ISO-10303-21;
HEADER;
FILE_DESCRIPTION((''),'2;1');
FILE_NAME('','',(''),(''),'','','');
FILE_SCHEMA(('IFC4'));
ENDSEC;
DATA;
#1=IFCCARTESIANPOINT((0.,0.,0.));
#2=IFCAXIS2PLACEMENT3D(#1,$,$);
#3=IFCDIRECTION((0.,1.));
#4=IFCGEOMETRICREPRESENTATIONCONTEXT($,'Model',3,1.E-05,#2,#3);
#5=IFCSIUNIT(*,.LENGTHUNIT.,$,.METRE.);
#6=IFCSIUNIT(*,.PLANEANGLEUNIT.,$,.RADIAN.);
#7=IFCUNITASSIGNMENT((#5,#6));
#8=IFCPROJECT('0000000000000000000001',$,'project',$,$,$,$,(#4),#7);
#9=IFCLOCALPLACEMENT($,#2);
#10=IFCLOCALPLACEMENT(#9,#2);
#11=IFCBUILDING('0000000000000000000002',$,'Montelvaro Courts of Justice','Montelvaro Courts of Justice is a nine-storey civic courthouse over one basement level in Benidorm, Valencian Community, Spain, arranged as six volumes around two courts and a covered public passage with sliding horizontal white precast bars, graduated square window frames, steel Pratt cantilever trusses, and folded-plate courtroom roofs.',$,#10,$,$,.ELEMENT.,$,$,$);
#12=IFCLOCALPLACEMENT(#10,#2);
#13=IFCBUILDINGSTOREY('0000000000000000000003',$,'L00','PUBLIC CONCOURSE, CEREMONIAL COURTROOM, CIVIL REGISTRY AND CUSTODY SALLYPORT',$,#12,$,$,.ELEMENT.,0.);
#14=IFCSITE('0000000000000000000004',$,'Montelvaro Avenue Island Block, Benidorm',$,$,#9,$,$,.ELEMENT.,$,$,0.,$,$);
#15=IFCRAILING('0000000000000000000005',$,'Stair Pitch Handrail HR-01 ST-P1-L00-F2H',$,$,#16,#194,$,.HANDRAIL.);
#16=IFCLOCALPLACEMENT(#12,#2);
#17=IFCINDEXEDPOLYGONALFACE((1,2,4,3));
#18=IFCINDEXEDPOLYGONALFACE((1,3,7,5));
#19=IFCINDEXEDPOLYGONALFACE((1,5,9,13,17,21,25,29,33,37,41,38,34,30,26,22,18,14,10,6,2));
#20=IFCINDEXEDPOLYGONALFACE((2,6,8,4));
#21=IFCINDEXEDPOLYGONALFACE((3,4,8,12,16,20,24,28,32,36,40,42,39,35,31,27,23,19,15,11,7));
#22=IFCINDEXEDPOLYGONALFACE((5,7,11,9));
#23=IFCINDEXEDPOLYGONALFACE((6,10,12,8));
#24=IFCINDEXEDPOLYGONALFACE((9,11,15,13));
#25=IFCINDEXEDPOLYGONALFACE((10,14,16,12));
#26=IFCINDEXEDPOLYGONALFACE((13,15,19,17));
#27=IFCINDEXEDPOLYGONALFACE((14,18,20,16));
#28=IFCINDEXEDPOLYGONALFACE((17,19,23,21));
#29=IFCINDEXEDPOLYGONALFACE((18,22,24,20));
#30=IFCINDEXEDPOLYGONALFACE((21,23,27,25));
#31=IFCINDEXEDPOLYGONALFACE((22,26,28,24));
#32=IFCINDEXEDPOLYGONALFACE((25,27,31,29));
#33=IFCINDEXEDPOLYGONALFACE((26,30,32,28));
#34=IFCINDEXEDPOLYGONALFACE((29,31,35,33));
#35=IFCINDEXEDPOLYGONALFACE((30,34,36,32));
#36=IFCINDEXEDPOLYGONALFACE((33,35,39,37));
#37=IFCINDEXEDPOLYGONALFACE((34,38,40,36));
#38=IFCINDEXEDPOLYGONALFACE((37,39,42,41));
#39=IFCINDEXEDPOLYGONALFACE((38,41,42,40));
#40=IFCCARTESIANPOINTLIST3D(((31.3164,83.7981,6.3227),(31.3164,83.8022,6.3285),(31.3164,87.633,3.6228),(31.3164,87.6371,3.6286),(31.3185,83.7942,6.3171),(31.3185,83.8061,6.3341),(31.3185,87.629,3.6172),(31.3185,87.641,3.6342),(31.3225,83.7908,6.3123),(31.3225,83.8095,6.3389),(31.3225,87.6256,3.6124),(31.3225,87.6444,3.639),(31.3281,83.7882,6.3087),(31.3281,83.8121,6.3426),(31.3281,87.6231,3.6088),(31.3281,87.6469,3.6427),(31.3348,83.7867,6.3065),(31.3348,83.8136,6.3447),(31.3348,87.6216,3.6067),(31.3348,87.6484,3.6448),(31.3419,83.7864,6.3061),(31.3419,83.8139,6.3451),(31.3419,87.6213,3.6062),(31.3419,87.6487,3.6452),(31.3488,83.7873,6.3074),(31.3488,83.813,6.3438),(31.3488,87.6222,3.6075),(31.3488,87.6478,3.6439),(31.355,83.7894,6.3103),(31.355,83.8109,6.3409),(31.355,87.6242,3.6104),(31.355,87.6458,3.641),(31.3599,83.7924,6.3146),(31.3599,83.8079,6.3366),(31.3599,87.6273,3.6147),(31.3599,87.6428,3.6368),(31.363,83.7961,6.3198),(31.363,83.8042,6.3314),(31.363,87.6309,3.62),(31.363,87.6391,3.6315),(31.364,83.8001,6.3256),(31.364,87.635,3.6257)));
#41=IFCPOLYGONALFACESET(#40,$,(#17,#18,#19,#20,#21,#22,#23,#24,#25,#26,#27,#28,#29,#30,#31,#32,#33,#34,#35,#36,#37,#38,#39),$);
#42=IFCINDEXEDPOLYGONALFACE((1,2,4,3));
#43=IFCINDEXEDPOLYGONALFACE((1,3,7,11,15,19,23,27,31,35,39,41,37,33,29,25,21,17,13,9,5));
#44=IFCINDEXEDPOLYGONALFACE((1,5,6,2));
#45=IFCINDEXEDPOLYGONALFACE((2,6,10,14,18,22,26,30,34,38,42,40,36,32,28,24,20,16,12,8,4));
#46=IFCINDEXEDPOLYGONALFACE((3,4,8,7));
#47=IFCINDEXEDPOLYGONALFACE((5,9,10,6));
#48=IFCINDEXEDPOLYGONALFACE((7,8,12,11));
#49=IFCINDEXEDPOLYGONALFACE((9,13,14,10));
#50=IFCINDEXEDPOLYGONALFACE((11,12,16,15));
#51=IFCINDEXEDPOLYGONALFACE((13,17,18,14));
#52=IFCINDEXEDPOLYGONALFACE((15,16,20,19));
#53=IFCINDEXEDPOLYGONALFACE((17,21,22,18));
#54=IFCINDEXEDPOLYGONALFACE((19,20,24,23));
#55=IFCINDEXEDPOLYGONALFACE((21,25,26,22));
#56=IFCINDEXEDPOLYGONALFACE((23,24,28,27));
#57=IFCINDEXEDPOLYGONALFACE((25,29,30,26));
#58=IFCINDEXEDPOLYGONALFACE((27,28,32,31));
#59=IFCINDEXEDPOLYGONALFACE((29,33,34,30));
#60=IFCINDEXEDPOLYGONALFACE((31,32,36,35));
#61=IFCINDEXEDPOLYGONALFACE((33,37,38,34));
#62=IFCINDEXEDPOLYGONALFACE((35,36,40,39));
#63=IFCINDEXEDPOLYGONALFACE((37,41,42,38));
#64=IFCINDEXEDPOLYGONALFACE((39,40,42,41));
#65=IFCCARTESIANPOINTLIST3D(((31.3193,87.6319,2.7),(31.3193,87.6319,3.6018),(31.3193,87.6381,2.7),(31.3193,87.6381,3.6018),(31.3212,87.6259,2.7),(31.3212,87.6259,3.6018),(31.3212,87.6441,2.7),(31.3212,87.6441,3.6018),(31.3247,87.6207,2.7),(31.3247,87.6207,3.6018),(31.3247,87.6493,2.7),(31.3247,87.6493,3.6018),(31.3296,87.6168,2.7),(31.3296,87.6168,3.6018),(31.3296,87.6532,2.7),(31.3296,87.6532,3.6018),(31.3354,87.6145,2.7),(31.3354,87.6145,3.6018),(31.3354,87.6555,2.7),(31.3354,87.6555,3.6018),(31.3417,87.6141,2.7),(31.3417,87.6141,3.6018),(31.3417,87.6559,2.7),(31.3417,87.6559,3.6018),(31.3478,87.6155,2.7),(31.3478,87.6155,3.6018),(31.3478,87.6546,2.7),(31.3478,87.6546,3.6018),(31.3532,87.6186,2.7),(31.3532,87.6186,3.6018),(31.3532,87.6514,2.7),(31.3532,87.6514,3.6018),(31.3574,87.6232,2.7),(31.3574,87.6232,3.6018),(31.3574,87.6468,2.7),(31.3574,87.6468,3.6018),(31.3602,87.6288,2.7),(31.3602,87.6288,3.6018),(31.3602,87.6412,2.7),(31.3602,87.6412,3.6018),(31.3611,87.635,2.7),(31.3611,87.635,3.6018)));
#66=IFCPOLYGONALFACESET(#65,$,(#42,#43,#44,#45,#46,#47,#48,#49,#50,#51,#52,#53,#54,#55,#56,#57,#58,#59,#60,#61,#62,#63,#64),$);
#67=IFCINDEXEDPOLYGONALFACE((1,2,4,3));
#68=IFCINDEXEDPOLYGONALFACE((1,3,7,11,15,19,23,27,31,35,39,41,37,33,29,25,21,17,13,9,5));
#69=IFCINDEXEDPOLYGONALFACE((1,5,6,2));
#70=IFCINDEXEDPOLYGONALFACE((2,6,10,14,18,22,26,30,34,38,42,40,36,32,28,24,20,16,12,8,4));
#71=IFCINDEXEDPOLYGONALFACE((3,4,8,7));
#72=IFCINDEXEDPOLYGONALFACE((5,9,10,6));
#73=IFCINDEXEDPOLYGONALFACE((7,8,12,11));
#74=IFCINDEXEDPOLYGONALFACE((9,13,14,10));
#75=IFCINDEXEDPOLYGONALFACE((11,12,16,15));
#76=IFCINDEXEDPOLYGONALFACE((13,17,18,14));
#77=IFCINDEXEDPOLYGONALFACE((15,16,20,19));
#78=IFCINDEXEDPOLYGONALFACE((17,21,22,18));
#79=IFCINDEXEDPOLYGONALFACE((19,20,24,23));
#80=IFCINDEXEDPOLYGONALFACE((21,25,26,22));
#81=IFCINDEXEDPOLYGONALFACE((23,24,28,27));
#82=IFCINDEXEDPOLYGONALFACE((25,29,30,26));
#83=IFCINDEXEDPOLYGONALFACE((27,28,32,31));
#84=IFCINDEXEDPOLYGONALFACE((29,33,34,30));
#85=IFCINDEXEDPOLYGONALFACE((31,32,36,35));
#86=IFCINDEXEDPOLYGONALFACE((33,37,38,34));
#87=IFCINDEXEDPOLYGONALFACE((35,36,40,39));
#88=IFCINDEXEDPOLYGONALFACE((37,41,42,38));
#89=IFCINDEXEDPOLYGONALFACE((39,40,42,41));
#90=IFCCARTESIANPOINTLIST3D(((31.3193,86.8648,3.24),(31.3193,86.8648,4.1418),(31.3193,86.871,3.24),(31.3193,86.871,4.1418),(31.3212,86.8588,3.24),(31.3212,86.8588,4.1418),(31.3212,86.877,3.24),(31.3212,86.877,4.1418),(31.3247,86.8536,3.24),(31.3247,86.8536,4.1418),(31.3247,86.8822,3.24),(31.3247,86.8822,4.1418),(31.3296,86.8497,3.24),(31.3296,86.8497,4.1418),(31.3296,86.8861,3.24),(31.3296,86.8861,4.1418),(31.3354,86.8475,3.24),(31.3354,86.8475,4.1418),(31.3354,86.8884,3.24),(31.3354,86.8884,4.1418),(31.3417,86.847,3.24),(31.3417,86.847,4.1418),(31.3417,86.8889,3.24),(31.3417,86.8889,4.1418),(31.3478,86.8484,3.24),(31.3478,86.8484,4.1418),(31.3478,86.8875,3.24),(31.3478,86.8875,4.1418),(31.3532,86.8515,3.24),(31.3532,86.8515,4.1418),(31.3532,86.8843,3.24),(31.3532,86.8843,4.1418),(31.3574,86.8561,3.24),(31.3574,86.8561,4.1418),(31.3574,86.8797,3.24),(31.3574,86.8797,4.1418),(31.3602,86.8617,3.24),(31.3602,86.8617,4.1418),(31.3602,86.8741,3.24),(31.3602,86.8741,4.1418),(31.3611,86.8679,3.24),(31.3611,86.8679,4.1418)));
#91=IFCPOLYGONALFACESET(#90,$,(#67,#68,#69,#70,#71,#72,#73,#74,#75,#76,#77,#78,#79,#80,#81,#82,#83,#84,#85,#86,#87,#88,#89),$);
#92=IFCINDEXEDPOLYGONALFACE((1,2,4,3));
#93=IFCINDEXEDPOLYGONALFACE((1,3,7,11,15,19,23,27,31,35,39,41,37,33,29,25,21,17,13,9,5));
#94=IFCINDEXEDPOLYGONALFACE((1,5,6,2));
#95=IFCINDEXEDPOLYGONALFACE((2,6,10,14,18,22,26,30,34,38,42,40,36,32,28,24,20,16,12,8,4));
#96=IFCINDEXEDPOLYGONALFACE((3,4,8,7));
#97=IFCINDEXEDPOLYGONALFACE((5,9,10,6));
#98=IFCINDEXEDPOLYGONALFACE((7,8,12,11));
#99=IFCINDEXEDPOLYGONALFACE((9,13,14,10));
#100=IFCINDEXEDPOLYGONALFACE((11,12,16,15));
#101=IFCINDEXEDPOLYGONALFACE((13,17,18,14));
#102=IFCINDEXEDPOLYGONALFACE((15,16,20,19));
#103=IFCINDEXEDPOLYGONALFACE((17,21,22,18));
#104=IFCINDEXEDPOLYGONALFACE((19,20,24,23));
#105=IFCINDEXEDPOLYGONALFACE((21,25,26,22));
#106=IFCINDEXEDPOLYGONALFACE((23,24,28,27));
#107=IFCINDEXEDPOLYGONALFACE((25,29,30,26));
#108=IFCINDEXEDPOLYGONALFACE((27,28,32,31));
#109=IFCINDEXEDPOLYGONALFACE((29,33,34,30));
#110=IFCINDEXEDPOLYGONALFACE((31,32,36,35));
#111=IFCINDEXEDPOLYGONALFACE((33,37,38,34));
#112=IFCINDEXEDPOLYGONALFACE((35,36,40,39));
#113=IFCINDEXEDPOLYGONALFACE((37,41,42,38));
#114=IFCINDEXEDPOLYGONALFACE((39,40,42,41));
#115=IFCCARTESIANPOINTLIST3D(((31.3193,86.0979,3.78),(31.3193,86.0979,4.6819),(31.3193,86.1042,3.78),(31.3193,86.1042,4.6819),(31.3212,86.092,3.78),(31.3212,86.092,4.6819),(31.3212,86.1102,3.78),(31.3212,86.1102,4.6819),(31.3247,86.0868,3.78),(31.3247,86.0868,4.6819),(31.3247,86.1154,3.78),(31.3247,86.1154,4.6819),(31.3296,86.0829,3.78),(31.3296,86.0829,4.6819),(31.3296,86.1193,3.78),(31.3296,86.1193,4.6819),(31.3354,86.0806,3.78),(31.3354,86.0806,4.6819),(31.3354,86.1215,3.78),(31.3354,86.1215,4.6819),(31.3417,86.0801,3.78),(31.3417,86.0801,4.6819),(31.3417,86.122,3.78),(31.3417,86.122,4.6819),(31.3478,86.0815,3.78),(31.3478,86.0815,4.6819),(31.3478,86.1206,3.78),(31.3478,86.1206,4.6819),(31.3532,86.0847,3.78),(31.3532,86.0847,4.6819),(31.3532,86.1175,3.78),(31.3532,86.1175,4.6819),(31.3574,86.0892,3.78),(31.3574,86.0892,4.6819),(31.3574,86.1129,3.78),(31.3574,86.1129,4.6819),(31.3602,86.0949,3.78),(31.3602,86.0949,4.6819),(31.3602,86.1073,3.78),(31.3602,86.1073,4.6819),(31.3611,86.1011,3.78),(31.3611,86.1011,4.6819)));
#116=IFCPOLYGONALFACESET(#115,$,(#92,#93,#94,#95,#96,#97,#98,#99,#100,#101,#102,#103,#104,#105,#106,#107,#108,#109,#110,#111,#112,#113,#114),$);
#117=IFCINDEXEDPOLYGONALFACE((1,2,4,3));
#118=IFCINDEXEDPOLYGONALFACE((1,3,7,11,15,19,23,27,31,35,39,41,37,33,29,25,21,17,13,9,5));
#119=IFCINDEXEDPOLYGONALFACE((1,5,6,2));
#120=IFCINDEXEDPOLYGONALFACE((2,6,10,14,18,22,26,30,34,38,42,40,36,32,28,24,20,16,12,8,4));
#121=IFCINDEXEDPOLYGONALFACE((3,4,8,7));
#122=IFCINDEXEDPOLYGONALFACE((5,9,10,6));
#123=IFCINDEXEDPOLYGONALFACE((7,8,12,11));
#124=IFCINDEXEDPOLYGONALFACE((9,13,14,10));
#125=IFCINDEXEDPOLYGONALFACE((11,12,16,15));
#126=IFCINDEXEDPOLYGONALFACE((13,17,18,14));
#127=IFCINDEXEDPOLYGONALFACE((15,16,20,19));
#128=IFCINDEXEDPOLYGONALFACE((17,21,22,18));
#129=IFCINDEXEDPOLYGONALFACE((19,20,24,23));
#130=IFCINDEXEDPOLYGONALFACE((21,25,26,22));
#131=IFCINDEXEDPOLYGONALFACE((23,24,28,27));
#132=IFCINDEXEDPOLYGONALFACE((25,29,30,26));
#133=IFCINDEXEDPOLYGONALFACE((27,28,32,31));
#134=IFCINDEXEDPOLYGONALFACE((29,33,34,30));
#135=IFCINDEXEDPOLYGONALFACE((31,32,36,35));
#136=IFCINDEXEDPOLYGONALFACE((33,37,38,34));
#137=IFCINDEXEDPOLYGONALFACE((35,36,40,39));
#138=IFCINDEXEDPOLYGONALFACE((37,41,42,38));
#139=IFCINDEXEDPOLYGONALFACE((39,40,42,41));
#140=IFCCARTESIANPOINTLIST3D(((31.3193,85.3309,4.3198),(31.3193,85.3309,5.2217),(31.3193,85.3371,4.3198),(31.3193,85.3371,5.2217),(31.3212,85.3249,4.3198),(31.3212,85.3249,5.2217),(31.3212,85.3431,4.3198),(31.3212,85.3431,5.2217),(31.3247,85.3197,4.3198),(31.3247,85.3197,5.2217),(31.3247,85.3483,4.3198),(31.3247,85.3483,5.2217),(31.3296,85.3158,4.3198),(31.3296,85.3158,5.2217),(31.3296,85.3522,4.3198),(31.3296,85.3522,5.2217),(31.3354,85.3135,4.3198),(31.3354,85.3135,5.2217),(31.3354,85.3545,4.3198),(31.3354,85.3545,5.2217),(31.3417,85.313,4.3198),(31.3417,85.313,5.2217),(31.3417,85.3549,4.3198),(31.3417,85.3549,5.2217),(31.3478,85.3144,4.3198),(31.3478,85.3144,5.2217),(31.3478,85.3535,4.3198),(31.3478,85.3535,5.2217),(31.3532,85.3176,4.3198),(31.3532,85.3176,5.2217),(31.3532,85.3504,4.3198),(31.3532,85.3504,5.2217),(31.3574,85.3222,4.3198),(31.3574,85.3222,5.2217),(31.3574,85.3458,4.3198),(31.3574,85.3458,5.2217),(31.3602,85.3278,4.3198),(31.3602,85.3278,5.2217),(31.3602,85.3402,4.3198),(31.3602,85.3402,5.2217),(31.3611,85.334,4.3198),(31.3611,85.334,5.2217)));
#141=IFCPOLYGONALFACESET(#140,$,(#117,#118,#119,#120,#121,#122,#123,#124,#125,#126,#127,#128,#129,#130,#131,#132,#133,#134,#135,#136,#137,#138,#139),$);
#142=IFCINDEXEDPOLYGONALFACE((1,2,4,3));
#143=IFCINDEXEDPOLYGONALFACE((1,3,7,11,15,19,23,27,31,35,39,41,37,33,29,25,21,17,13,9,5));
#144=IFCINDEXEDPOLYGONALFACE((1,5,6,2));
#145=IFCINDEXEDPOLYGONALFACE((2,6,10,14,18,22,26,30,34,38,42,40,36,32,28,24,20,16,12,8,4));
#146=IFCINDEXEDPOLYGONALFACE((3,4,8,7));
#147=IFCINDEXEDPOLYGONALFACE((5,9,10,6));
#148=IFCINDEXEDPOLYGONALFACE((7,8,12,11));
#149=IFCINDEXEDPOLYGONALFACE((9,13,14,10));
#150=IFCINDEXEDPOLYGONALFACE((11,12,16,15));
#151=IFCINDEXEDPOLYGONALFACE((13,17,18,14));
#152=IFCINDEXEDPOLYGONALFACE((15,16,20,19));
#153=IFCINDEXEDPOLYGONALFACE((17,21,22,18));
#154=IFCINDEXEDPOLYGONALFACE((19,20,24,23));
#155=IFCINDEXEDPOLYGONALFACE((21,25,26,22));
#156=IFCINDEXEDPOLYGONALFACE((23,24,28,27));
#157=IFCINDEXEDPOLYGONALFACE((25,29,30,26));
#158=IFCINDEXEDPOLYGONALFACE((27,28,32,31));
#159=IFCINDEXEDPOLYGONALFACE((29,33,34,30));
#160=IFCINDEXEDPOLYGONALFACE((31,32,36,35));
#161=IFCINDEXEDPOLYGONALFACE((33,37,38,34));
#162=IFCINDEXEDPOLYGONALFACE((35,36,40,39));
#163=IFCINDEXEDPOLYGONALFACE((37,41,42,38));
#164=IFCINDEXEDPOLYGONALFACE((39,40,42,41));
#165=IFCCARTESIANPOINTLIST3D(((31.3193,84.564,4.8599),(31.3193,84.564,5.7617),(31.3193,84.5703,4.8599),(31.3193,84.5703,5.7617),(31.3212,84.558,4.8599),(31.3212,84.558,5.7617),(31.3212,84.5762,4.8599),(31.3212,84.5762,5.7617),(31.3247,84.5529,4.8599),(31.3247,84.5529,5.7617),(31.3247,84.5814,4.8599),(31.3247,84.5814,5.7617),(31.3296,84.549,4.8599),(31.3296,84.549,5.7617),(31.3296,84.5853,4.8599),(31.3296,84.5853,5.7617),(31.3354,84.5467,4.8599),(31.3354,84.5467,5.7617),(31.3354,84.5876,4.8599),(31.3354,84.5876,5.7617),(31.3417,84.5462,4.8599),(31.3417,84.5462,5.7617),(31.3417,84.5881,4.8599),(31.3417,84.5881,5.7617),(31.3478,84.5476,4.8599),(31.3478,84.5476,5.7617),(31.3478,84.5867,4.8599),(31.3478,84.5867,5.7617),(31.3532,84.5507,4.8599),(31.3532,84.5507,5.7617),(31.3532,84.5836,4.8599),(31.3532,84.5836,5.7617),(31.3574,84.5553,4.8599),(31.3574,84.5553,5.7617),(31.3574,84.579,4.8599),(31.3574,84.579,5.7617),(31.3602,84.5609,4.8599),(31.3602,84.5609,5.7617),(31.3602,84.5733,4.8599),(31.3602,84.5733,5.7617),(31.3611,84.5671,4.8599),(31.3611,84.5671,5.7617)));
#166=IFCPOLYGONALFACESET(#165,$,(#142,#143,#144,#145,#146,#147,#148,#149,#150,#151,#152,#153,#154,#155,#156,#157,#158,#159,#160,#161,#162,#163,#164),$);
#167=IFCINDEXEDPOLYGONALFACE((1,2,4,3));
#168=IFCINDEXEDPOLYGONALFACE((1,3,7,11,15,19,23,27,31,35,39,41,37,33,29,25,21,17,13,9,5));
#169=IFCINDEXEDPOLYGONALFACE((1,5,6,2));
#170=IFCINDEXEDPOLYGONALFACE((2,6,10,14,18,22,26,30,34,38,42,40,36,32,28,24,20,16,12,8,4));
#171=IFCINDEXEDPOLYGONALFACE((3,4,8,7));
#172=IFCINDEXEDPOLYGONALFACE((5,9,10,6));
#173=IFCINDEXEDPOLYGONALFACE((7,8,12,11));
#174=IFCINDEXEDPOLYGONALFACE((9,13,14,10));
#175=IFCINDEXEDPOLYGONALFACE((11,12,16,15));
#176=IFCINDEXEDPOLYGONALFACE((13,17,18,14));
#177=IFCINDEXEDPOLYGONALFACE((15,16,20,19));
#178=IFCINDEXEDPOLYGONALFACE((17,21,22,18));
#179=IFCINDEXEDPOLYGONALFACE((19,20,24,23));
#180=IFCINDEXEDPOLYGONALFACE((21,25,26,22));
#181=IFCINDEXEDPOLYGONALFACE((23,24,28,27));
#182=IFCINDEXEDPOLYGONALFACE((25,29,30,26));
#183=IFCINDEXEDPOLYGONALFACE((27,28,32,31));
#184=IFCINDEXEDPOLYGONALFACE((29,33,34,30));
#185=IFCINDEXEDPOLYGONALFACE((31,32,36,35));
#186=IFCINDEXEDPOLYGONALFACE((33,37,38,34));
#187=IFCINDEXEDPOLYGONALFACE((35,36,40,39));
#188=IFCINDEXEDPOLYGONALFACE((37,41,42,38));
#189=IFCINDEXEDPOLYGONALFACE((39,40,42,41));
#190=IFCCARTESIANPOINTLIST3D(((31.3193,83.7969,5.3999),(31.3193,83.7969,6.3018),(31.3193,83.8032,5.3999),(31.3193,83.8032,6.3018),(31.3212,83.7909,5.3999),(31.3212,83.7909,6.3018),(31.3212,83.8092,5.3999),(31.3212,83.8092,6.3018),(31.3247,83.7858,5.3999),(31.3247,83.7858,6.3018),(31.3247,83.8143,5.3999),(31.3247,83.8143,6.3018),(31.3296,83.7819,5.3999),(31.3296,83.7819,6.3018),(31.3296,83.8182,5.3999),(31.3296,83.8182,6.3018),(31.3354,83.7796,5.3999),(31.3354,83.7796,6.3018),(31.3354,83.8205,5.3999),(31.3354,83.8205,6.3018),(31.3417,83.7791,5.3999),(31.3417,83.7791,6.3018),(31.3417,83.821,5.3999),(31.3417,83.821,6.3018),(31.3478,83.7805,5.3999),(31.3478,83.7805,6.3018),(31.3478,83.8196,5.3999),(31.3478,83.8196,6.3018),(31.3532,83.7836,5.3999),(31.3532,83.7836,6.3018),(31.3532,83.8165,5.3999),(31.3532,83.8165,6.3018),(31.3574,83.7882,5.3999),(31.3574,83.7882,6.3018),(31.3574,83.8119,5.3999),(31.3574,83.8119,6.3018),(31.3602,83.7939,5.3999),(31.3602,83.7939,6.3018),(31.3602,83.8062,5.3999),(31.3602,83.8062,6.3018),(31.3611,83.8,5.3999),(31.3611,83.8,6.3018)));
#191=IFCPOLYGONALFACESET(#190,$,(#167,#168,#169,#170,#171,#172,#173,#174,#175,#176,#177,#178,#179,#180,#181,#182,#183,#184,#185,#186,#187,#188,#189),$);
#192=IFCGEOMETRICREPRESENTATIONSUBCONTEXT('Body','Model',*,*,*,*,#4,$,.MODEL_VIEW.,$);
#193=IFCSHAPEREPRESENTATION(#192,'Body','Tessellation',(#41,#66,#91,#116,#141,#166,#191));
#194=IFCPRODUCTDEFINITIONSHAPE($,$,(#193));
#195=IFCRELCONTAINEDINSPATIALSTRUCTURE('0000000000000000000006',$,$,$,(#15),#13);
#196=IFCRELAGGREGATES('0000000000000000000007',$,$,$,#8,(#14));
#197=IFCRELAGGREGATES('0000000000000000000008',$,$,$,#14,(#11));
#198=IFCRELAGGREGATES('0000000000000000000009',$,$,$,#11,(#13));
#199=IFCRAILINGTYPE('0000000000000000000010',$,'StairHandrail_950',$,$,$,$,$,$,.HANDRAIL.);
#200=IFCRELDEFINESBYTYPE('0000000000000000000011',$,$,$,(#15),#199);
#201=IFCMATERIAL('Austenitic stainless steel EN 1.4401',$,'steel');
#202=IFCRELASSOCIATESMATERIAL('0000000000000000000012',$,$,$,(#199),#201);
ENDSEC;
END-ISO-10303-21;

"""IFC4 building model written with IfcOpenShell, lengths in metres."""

from ifc_helpers import new_model, si_unit, direction, frame, origin, origin_2d, place, context, subcontext, project, spatial, circle, extrude, material, type_object, element, save


model = new_model("IFC4")

# Units and contexts
model_context = context("Model", 3, precision=1e-05, world=origin(), true_north=direction((0.0, 1.0)))
body_context = subcontext(model_context, "Body", "Model", "MODEL_VIEW")
ifc_project = project(units=[si_unit("LENGTHUNIT", "METRE"), si_unit("PLANEANGLEUNIT", "RADIAN")], contexts=[model_context])

# Site, building, storey
site_placement = place(None, origin())
site = spatial("IfcSite", under=ifc_project, at=site_placement, Name="Montelvaro Avenue Island Block, Benidorm", CompositionType="ELEMENT", RefElevation=0.0)
building_placement = place(site_placement, origin())
building = spatial("IfcBuilding", under=site, at=building_placement, Name="Montelvaro Courts of Justice", Description="Montelvaro Courts of Justice is a nine-storey civic courthouse over one basement level in Benidorm, Valencian Community, Spain, arranged as six volumes around two courts and a covered public passage with sliding horizontal white precast bars, graduated square window frames, steel Pratt cantilever trusses, and folded-plate courtroom roofs.", CompositionType="ELEMENT")
storey_placement = place(building_placement, origin())
storey = spatial("IfcBuildingStorey", under=building, at=storey_placement, Name="L00", Description="PUBLIC CONCOURSE, CEREMONIAL COURTROOM, CIVIL REGISTRY AND CUSTODY SALLYPORT", CompositionType="ELEMENT", Elevation=0.0)

# Railing
ifc_material_1 = material(Name="Austenitic stainless steel EN 1.4401", Category="steel")
railing_type_1 = type_object("IfcRailingType", Name="StairHandrail_950", PredefinedType="HANDRAIL", material=ifc_material_1)
railing_1_placement = place(storey_placement, frame((31.3401, 87.635, 2.7)))
element("IfcRailing", 1, at=railing_1_placement, inside=storey, type_object=railing_type_1, Name="Stair Pitch Handrail HR-01 ST-P1-L00-F2H", PredefinedType="HANDRAIL", context=body_context, shape_type="SweptSolid", body=[
    extrude(circle(Radius=0.0239, at=origin_2d()), frame((0.0, 0.0, 0.9258), z_axis=(0.0, -0.817678, 0.575675), x_axis=(1.0, 0.0, 0.0)), (0.0, 0.0, 1.0), 4.6899),
    extrude(circle(Radius=0.021, at=origin_2d()), origin(), (0.0, 0.0, 1.0), 0.9019),
    extrude(circle(Radius=0.021, at=origin_2d()), frame((0.0, -0.7671, 0.54)), (0.0, 0.0, 1.0), 0.9019),
    extrude(circle(Radius=0.021, at=origin_2d()), frame((0.0, -1.5339, 1.0801)), (0.0, 0.0, 1.0), 0.9019),
    extrude(circle(Radius=0.021, at=origin_2d()), frame((0.0, -2.301, 1.6199)), (0.0, 0.0, 1.0), 0.9019),
    extrude(circle(Radius=0.021, at=origin_2d()), frame((0.0, -3.0679, 2.1599)), (0.0, 0.0, 1.0), 0.9019),
    extrude(circle(Radius=0.021, at=origin_2d()), frame((0.0, -3.835, 2.7)), (0.0, 0.0, 1.0), 0.9019),
])

save(model, "model.ifc")
